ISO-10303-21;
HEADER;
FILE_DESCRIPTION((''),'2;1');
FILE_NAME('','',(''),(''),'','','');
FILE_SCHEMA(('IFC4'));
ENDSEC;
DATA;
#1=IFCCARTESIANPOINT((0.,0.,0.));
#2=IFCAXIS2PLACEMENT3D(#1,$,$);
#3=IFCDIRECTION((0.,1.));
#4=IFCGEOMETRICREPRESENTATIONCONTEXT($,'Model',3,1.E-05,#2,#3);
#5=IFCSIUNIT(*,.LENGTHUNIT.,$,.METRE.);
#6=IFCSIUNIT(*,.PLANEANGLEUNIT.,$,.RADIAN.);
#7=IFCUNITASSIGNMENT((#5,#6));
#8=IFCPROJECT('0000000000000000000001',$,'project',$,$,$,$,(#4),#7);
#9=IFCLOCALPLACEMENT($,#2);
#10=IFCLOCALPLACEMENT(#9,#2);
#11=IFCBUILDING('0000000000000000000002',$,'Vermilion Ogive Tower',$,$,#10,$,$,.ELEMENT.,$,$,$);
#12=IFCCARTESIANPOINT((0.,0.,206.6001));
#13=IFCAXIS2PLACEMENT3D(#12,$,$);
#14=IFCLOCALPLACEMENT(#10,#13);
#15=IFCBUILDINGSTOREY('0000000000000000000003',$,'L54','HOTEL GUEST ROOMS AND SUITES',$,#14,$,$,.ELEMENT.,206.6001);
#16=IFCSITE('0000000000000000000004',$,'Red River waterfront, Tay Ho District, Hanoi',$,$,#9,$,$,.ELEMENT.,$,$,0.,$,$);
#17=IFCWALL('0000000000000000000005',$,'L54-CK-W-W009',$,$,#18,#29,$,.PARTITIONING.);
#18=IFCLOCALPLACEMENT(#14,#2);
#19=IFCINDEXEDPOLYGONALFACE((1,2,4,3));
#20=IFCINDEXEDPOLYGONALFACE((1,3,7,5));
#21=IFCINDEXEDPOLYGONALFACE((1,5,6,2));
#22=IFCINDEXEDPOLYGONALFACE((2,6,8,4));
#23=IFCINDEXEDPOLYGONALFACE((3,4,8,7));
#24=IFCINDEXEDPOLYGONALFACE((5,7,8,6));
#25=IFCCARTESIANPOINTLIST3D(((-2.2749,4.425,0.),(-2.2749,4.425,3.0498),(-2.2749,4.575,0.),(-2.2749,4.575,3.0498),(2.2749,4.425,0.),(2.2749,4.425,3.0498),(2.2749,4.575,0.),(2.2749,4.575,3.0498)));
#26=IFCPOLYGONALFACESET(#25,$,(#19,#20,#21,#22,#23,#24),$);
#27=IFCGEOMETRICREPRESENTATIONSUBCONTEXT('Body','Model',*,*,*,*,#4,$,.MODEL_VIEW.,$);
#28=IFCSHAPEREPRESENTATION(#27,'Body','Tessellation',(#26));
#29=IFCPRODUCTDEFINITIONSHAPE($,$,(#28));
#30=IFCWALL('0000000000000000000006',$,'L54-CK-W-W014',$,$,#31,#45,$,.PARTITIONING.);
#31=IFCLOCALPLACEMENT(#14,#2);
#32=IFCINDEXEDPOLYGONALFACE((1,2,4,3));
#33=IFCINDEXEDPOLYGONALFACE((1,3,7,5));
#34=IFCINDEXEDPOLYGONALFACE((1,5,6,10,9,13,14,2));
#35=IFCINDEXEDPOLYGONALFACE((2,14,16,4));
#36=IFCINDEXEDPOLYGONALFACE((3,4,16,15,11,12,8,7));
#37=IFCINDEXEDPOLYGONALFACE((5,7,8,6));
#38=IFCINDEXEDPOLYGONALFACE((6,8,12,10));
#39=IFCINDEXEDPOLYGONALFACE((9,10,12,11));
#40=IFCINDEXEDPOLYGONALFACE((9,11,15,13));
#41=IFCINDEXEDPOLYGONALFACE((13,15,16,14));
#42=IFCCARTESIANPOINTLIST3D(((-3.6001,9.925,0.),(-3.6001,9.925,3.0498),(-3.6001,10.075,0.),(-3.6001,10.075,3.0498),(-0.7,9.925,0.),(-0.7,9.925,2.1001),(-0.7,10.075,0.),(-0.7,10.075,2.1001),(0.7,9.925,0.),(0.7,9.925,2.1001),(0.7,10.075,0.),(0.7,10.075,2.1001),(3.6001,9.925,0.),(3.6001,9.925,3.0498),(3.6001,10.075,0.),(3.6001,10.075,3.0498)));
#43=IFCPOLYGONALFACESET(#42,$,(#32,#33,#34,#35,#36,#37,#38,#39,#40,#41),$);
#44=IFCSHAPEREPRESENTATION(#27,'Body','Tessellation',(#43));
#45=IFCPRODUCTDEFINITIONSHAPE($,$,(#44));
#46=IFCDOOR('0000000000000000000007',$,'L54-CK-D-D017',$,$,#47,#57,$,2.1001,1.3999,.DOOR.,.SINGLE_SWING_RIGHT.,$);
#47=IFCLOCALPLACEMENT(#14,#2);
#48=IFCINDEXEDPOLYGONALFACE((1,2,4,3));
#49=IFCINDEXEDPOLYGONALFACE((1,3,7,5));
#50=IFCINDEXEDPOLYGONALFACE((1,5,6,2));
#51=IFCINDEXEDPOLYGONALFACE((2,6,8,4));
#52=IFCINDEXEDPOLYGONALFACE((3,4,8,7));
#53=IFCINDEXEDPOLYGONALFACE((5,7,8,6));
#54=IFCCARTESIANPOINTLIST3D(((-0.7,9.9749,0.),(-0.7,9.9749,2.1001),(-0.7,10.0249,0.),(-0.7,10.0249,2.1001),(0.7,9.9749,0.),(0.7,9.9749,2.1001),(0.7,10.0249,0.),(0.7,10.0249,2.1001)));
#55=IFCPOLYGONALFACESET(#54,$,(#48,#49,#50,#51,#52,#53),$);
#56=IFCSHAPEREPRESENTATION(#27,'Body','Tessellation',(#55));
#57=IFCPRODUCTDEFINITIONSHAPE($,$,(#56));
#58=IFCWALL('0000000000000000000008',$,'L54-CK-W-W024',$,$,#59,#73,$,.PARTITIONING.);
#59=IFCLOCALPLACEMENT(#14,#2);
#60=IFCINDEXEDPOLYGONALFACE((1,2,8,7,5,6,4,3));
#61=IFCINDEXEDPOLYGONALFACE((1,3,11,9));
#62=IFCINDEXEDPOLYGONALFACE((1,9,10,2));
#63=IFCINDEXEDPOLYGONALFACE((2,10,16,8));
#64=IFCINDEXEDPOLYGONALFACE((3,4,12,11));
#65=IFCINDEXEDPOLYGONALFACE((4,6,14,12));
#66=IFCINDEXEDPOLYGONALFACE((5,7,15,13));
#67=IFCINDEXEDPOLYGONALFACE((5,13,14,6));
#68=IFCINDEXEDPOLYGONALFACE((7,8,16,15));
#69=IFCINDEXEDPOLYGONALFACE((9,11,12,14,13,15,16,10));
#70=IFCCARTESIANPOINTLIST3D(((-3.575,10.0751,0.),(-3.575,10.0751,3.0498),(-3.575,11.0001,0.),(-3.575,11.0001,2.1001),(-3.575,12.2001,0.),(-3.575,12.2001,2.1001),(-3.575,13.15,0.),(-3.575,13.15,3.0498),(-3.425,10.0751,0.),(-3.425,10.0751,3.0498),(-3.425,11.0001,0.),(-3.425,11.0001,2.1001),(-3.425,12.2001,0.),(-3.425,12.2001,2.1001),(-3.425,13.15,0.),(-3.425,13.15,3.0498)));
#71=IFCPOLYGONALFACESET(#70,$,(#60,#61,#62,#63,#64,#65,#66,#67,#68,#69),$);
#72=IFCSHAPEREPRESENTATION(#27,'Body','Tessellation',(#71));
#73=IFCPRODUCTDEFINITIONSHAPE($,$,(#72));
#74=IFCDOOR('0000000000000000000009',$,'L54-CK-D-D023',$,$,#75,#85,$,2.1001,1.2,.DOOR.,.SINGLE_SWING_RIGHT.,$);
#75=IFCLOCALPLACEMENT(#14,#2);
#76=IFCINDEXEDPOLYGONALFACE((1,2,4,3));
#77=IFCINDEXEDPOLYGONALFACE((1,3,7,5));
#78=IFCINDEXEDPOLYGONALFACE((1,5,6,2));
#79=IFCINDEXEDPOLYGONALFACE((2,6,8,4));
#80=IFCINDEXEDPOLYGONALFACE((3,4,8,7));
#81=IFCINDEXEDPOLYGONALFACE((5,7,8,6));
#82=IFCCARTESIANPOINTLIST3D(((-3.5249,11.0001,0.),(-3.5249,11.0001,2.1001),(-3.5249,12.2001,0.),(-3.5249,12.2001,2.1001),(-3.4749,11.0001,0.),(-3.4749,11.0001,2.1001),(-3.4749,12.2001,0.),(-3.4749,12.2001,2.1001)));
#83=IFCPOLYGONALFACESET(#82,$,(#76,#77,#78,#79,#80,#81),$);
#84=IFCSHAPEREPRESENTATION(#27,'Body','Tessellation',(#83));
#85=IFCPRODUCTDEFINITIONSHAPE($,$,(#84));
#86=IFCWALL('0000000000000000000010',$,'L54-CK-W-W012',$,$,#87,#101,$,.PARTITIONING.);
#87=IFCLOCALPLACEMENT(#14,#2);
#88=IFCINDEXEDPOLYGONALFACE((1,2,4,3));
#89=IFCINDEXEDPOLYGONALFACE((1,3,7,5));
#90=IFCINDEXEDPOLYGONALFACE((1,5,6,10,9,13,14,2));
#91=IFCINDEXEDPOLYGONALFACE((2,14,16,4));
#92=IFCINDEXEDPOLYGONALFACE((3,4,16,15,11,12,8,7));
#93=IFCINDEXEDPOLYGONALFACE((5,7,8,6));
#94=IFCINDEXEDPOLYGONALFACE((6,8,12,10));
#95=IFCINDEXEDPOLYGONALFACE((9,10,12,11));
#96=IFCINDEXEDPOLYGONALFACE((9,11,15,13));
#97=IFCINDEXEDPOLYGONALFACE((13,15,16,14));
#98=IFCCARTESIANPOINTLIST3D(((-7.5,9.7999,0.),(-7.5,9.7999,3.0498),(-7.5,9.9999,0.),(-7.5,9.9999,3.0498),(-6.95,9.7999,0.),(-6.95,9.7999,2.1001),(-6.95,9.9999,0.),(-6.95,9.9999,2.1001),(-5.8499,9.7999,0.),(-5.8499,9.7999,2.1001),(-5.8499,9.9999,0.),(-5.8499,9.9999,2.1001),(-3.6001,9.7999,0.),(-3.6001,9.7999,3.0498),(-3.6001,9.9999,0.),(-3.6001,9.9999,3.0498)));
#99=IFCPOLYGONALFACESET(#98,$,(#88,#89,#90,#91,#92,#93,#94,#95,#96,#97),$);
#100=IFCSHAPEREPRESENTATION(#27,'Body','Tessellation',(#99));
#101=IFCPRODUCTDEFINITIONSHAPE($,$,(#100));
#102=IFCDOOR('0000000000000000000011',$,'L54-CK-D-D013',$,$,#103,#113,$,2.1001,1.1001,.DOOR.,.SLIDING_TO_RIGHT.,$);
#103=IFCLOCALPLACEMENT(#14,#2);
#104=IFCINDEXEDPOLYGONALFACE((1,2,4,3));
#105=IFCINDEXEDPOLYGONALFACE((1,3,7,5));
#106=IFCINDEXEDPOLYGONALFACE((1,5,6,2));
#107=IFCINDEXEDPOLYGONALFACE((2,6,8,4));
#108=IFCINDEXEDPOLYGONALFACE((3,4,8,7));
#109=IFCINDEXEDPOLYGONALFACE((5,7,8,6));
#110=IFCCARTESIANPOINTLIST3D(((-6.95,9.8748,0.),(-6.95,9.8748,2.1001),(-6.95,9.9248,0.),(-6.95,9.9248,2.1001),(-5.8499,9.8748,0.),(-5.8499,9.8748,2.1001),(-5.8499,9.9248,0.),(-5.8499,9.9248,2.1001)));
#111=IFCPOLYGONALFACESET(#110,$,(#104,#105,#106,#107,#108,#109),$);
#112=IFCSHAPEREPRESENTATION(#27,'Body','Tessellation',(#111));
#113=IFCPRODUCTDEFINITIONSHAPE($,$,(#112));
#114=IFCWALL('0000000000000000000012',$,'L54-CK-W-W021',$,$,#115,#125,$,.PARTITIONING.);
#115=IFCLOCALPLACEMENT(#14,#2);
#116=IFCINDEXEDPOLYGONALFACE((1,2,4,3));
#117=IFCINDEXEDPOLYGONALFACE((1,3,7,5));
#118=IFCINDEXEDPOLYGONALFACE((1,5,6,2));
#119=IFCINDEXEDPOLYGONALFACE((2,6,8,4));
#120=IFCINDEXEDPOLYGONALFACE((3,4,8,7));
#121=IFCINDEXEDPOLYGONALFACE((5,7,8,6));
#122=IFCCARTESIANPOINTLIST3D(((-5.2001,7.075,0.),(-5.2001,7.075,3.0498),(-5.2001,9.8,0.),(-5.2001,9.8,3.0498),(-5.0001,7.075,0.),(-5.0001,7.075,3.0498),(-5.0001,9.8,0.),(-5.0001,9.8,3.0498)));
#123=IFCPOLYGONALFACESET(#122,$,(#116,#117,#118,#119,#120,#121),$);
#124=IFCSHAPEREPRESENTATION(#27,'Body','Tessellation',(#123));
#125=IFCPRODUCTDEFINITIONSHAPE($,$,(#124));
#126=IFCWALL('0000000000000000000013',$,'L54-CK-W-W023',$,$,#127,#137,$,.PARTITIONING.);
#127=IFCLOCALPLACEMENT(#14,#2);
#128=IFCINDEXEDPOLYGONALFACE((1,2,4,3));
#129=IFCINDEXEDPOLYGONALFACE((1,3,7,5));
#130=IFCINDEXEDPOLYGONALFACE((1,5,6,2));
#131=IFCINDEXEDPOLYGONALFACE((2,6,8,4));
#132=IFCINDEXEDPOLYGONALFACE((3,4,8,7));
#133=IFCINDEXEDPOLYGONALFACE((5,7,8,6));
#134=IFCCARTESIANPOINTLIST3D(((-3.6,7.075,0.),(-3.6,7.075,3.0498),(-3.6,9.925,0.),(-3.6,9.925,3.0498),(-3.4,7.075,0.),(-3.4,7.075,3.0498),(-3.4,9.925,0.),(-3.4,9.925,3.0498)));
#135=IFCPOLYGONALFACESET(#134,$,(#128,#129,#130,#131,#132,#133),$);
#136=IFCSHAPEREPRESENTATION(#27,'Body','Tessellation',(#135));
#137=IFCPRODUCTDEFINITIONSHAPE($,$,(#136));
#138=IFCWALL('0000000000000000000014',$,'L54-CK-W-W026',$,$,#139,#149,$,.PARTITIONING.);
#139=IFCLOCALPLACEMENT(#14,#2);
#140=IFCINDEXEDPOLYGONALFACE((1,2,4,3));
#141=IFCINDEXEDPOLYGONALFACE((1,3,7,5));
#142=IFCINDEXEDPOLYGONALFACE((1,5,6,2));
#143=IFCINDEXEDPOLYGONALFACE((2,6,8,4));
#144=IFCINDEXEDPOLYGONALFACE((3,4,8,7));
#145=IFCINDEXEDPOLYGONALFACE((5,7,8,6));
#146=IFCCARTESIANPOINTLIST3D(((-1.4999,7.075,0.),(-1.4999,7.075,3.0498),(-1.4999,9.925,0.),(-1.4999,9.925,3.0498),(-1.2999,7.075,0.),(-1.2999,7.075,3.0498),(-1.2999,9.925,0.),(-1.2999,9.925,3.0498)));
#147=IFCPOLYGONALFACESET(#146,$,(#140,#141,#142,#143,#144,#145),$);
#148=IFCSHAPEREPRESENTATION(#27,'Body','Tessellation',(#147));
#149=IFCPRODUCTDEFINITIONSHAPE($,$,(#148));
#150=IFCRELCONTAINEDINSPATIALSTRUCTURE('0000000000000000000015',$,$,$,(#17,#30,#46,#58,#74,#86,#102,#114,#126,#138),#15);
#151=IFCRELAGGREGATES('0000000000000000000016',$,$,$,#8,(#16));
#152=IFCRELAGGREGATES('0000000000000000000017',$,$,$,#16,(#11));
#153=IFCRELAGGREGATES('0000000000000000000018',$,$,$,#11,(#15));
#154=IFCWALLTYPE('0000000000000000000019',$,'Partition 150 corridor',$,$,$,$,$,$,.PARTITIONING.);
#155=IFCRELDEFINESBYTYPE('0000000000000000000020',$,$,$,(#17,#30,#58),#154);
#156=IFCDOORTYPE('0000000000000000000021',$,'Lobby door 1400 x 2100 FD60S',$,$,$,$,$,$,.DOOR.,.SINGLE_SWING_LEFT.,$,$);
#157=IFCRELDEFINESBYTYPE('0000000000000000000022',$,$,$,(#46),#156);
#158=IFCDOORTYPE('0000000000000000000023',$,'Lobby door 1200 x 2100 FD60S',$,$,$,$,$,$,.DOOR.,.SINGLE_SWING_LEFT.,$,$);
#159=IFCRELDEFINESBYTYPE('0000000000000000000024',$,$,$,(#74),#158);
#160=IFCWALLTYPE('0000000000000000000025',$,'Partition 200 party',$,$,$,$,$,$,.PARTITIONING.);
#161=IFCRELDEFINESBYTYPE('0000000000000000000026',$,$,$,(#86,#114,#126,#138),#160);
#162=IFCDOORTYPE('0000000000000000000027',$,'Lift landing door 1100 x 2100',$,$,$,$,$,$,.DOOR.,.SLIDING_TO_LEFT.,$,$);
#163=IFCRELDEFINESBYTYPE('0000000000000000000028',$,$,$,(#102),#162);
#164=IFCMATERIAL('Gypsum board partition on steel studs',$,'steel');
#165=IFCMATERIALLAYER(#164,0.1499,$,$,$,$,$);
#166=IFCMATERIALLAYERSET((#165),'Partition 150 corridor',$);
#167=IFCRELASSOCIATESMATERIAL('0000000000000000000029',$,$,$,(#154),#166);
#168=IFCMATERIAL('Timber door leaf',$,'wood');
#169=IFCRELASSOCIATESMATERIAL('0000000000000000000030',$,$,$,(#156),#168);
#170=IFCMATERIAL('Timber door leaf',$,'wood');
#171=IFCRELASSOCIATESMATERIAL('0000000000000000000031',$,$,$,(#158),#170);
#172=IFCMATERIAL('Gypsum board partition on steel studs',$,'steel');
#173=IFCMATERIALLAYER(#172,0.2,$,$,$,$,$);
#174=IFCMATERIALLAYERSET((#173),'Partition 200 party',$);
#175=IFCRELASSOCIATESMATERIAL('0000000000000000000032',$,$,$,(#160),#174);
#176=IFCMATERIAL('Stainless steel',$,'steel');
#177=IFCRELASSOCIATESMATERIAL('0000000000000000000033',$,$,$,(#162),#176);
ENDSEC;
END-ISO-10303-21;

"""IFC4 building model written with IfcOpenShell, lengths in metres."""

from ifc_helpers import new_model, si_unit, direction, frame, frame_2d, origin, place, context, subcontext, project, spatial, rectangle, extrude, material, layer, layer_set, type_object, element, fill, save


model = new_model("IFC4")

# Units and contexts
model_context = context("Model", 3, precision=1e-05, world=origin(), true_north=direction((0.0, 1.0)))
body_context = subcontext(model_context, "Body", "Model", "MODEL_VIEW")
ifc_project = project(units=[si_unit("LENGTHUNIT", "METRE"), si_unit("PLANEANGLEUNIT", "RADIAN")], contexts=[model_context])

# Site, building, storey
site_placement = place(None, origin())
site = spatial("IfcSite", under=ifc_project, at=site_placement, Name="Red River waterfront, Tay Ho District, Hanoi", CompositionType="ELEMENT", RefElevation=0.0)
building_placement = place(site_placement, origin())
building = spatial("IfcBuilding", under=site, at=building_placement, Name="Vermilion Ogive Tower", CompositionType="ELEMENT")
storey_placement = place(building_placement, frame((0.0, 0.0, 206.6001)))
storey = spatial("IfcBuildingStorey", under=building, at=storey_placement, Name="L54", Description="HOTEL GUEST ROOMS AND SUITES", CompositionType="ELEMENT", Elevation=206.6001)

# Wall
ifc_material_1 = material(Name="Gypsum board partition on steel studs", Category="steel")
ifc_layer_1 = layer(ifc_material_1, 0.1499)
ifc_layer_set_1 = layer_set([ifc_layer_1], Name="Partition 150 corridor")
wall_type_1 = type_object("IfcWallType", Name="Partition 150 corridor", PredefinedType="PARTITIONING", material=ifc_layer_set_1)
wall_1_placement = place(storey_placement, frame((-2.2749, 4.5, 0.0), z_axis=(0.0, 0.0, 1.0), x_axis=(1.0, 0.0, 0.0)))
element("IfcWall", 1, at=wall_1_placement, inside=storey, type_object=wall_type_1, Name="L54-CK-W-W009", PredefinedType="PARTITIONING", context=body_context, shape_type="SweptSolid", body=[
    extrude(rectangle(XDim=4.5498, YDim=0.1499, at=frame_2d((2.2749, 0.0))), origin(), (0.0, 0.0, 1.0), 3.0498),
])

# Walls, openings, doors
wall_2_placement = place(storey_placement, frame((-3.6001, 10.0, 0.0), z_axis=(0.0, 0.0, 1.0), x_axis=(1.0, 0.0, 0.0)))
wall_2 = element("IfcWall", 2, at=wall_2_placement, inside=storey, type_object=wall_type_1, Name="L54-CK-W-W014", PredefinedType="PARTITIONING", context=body_context, shape_type="SweptSolid", body=[
    extrude(rectangle(XDim=7.2002, YDim=0.1499, at=frame_2d((3.6001, 0.0))), origin(), (0.0, 0.0, 1.0), 3.0498),
])
opening_1_placement = place(wall_2_placement, frame((2.9001, 0.0, 0.0)))
opening_1 = element("IfcOpeningElement", 3, at=opening_1_placement, cuts=wall_2, PredefinedType="OPENING", context=body_context, shape_type="SweptSolid", body=[
    extrude(rectangle(XDim=1.3999, YDim=2.1001, at=frame_2d((0.7, 1.05))), frame((0.0, 0.085, 0.0), z_axis=(0.0, -1.0, 0.0), x_axis=(1.0, 0.0, 0.0)), (0.0, 0.0, 1.0), 0.1699),
])
ifc_material_2 = material(Name="Timber door leaf", Category="wood")
door_type_1 = type_object("IfcDoorType", Name="Lobby door 1400 x 2100 FD60S", OperationType="SINGLE_SWING_LEFT", PredefinedType="DOOR", material=ifc_material_2)
door_1_placement = place(opening_1_placement, origin())
door_1 = element("IfcDoor", 4, at=door_1_placement, inside=storey, type_object=door_type_1, Name="L54-CK-D-D017", OperationType="SINGLE_SWING_RIGHT", OverallHeight=2.1001, OverallWidth=1.3999, PredefinedType="DOOR", context=body_context, shape_type="SweptSolid", body=[
    extrude(rectangle(XDim=1.3999, YDim=2.1001, at=frame_2d((0.7, 1.05))), frame((0.0, 0.0249, 0.0), z_axis=(0.0, -1.0, 0.0), x_axis=(1.0, 0.0, 0.0)), (0.0, 0.0, 1.0), 0.05),
])
fill(opening_1, door_1)
wall_3_placement = place(storey_placement, frame((-3.5, 10.075, 0.0), z_axis=(0.0, 0.0, 1.0), x_axis=(0.0, 1.0, 0.0)))
wall_3 = element("IfcWall", 5, at=wall_3_placement, inside=storey, type_object=wall_type_1, Name="L54-CK-W-W024", PredefinedType="PARTITIONING", context=body_context, shape_type="SweptSolid", body=[
    extrude(rectangle(XDim=3.075, YDim=0.1499, at=frame_2d((1.5376, 0.0))), origin(), (0.0, 0.0, 1.0), 3.0498),
])
opening_2_placement = place(wall_3_placement, frame((0.925, 0.0, 0.0)))
opening_2 = element("IfcOpeningElement", 6, at=opening_2_placement, cuts=wall_3, PredefinedType="OPENING", context=body_context, shape_type="SweptSolid", body=[
    extrude(rectangle(XDim=1.2, YDim=2.1001, at=frame_2d((0.6001, 1.05))), frame((0.0, 0.085, 0.0), z_axis=(0.0, -1.0, 0.0), x_axis=(1.0, 0.0, 0.0)), (0.0, 0.0, 1.0), 0.1699),
])
ifc_material_3 = material(Name="Timber door leaf", Category="wood")
door_type_2 = type_object("IfcDoorType", Name="Lobby door 1200 x 2100 FD60S", OperationType="SINGLE_SWING_LEFT", PredefinedType="DOOR", material=ifc_material_3)
door_2_placement = place(opening_2_placement, origin())
door_2 = element("IfcDoor", 7, at=door_2_placement, inside=storey, type_object=door_type_2, Name="L54-CK-D-D023", OperationType="SINGLE_SWING_RIGHT", OverallHeight=2.1001, OverallWidth=1.2, PredefinedType="DOOR", context=body_context, shape_type="SweptSolid", body=[
    extrude(rectangle(XDim=1.2, YDim=2.1001, at=frame_2d((0.6001, 1.05))), frame((0.0, 0.0249, 0.0), z_axis=(0.0, -1.0, 0.0), x_axis=(1.0, 0.0, 0.0)), (0.0, 0.0, 1.0), 0.05),
])
fill(opening_2, door_2)
ifc_material_4 = material(Name="Gypsum board partition on steel studs", Category="steel")
ifc_layer_2 = layer(ifc_material_4, 0.2)
ifc_layer_set_2 = layer_set([ifc_layer_2], Name="Partition 200 party")
wall_type_2 = type_object("IfcWallType", Name="Partition 200 party", PredefinedType="PARTITIONING", material=ifc_layer_set_2)
wall_4_placement = place(storey_placement, frame((-7.5, 9.8999, 0.0), z_axis=(0.0, 0.0, 1.0), x_axis=(1.0, 0.0, 0.0)))
wall_4 = element("IfcWall", 8, at=wall_4_placement, inside=storey, type_object=wall_type_2, Name="L54-CK-W-W012", PredefinedType="PARTITIONING", context=body_context, shape_type="SweptSolid", body=[
    extrude(rectangle(XDim=3.8999, YDim=0.2, at=frame_2d((1.95, 0.0))), origin(), (0.0, 0.0, 1.0), 3.0498),
])
opening_3_placement = place(wall_4_placement, frame((0.55, 0.0, 0.0)))
opening_3 = element("IfcOpeningElement", 9, at=opening_3_placement, cuts=wall_4, PredefinedType="OPENING", context=body_context, shape_type="SweptSolid", body=[
    extrude(rectangle(XDim=1.1001, YDim=2.1001, at=frame_2d((0.55, 1.05))), frame((0.0, 0.1099, 0.0), z_axis=(0.0, -1.0, 0.0), x_axis=(1.0, 0.0, 0.0)), (0.0, 0.0, 1.0), 0.22),
])
ifc_material_5 = material(Name="Stainless steel", Category="steel")
door_type_3 = type_object("IfcDoorType", Name="Lift landing door 1100 x 2100", OperationType="SLIDING_TO_LEFT", PredefinedType="DOOR", material=ifc_material_5)
door_3_placement = place(opening_3_placement, origin())
door_3 = element("IfcDoor", 10, at=door_3_placement, inside=storey, type_object=door_type_3, Name="L54-CK-D-D013", OperationType="SLIDING_TO_RIGHT", OverallHeight=2.1001, OverallWidth=1.1001, PredefinedType="DOOR", context=body_context, shape_type="SweptSolid", body=[
    extrude(rectangle(XDim=1.1001, YDim=2.1001, at=frame_2d((0.55, 1.05))), frame((0.0, 0.0249, 0.0), z_axis=(0.0, -1.0, 0.0), x_axis=(1.0, 0.0, 0.0)), (0.0, 0.0, 1.0), 0.05),
])
fill(opening_3, door_3)

# Walls
wall_5_placement = place(storey_placement, frame((-5.1001, 7.075, 0.0), z_axis=(0.0, 0.0, 1.0), x_axis=(0.0, 1.0, 0.0)))
element("IfcWall", 11, at=wall_5_placement, inside=storey, type_object=wall_type_2, Name="L54-CK-W-W021", PredefinedType="PARTITIONING", context=body_context, shape_type="SweptSolid", body=[
    extrude(rectangle(XDim=2.7251, YDim=0.2, at=frame_2d((1.3625, 0.0))), origin(), (0.0, 0.0, 1.0), 3.0498),
])
for number, where, z_axis, x_axis, name in (
    (12, (-3.5, 7.075, 0.0), (0.0, 0.0, 1.0), (0.0, 1.0, 0.0), "L54-CK-W-W023"),
    (13, (-1.3999, 7.075, 0.0), (0.0, 0.0, 1.0), (0.0, 1.0, 0.0), "L54-CK-W-W026"),
):
    element("IfcWall", number, at=place(storey_placement, frame(where, z_axis=z_axis, x_axis=x_axis)), inside=storey, type_object=wall_type_2, Name=name, PredefinedType="PARTITIONING", context=body_context, shape_type="SweptSolid", body=[
        extrude(rectangle(XDim=2.8501, YDim=0.2, at=frame_2d((1.425, 0.0))), origin(), (0.0, 0.0, 1.0), 3.0498),
    ])

save(model, "model.ifc")
